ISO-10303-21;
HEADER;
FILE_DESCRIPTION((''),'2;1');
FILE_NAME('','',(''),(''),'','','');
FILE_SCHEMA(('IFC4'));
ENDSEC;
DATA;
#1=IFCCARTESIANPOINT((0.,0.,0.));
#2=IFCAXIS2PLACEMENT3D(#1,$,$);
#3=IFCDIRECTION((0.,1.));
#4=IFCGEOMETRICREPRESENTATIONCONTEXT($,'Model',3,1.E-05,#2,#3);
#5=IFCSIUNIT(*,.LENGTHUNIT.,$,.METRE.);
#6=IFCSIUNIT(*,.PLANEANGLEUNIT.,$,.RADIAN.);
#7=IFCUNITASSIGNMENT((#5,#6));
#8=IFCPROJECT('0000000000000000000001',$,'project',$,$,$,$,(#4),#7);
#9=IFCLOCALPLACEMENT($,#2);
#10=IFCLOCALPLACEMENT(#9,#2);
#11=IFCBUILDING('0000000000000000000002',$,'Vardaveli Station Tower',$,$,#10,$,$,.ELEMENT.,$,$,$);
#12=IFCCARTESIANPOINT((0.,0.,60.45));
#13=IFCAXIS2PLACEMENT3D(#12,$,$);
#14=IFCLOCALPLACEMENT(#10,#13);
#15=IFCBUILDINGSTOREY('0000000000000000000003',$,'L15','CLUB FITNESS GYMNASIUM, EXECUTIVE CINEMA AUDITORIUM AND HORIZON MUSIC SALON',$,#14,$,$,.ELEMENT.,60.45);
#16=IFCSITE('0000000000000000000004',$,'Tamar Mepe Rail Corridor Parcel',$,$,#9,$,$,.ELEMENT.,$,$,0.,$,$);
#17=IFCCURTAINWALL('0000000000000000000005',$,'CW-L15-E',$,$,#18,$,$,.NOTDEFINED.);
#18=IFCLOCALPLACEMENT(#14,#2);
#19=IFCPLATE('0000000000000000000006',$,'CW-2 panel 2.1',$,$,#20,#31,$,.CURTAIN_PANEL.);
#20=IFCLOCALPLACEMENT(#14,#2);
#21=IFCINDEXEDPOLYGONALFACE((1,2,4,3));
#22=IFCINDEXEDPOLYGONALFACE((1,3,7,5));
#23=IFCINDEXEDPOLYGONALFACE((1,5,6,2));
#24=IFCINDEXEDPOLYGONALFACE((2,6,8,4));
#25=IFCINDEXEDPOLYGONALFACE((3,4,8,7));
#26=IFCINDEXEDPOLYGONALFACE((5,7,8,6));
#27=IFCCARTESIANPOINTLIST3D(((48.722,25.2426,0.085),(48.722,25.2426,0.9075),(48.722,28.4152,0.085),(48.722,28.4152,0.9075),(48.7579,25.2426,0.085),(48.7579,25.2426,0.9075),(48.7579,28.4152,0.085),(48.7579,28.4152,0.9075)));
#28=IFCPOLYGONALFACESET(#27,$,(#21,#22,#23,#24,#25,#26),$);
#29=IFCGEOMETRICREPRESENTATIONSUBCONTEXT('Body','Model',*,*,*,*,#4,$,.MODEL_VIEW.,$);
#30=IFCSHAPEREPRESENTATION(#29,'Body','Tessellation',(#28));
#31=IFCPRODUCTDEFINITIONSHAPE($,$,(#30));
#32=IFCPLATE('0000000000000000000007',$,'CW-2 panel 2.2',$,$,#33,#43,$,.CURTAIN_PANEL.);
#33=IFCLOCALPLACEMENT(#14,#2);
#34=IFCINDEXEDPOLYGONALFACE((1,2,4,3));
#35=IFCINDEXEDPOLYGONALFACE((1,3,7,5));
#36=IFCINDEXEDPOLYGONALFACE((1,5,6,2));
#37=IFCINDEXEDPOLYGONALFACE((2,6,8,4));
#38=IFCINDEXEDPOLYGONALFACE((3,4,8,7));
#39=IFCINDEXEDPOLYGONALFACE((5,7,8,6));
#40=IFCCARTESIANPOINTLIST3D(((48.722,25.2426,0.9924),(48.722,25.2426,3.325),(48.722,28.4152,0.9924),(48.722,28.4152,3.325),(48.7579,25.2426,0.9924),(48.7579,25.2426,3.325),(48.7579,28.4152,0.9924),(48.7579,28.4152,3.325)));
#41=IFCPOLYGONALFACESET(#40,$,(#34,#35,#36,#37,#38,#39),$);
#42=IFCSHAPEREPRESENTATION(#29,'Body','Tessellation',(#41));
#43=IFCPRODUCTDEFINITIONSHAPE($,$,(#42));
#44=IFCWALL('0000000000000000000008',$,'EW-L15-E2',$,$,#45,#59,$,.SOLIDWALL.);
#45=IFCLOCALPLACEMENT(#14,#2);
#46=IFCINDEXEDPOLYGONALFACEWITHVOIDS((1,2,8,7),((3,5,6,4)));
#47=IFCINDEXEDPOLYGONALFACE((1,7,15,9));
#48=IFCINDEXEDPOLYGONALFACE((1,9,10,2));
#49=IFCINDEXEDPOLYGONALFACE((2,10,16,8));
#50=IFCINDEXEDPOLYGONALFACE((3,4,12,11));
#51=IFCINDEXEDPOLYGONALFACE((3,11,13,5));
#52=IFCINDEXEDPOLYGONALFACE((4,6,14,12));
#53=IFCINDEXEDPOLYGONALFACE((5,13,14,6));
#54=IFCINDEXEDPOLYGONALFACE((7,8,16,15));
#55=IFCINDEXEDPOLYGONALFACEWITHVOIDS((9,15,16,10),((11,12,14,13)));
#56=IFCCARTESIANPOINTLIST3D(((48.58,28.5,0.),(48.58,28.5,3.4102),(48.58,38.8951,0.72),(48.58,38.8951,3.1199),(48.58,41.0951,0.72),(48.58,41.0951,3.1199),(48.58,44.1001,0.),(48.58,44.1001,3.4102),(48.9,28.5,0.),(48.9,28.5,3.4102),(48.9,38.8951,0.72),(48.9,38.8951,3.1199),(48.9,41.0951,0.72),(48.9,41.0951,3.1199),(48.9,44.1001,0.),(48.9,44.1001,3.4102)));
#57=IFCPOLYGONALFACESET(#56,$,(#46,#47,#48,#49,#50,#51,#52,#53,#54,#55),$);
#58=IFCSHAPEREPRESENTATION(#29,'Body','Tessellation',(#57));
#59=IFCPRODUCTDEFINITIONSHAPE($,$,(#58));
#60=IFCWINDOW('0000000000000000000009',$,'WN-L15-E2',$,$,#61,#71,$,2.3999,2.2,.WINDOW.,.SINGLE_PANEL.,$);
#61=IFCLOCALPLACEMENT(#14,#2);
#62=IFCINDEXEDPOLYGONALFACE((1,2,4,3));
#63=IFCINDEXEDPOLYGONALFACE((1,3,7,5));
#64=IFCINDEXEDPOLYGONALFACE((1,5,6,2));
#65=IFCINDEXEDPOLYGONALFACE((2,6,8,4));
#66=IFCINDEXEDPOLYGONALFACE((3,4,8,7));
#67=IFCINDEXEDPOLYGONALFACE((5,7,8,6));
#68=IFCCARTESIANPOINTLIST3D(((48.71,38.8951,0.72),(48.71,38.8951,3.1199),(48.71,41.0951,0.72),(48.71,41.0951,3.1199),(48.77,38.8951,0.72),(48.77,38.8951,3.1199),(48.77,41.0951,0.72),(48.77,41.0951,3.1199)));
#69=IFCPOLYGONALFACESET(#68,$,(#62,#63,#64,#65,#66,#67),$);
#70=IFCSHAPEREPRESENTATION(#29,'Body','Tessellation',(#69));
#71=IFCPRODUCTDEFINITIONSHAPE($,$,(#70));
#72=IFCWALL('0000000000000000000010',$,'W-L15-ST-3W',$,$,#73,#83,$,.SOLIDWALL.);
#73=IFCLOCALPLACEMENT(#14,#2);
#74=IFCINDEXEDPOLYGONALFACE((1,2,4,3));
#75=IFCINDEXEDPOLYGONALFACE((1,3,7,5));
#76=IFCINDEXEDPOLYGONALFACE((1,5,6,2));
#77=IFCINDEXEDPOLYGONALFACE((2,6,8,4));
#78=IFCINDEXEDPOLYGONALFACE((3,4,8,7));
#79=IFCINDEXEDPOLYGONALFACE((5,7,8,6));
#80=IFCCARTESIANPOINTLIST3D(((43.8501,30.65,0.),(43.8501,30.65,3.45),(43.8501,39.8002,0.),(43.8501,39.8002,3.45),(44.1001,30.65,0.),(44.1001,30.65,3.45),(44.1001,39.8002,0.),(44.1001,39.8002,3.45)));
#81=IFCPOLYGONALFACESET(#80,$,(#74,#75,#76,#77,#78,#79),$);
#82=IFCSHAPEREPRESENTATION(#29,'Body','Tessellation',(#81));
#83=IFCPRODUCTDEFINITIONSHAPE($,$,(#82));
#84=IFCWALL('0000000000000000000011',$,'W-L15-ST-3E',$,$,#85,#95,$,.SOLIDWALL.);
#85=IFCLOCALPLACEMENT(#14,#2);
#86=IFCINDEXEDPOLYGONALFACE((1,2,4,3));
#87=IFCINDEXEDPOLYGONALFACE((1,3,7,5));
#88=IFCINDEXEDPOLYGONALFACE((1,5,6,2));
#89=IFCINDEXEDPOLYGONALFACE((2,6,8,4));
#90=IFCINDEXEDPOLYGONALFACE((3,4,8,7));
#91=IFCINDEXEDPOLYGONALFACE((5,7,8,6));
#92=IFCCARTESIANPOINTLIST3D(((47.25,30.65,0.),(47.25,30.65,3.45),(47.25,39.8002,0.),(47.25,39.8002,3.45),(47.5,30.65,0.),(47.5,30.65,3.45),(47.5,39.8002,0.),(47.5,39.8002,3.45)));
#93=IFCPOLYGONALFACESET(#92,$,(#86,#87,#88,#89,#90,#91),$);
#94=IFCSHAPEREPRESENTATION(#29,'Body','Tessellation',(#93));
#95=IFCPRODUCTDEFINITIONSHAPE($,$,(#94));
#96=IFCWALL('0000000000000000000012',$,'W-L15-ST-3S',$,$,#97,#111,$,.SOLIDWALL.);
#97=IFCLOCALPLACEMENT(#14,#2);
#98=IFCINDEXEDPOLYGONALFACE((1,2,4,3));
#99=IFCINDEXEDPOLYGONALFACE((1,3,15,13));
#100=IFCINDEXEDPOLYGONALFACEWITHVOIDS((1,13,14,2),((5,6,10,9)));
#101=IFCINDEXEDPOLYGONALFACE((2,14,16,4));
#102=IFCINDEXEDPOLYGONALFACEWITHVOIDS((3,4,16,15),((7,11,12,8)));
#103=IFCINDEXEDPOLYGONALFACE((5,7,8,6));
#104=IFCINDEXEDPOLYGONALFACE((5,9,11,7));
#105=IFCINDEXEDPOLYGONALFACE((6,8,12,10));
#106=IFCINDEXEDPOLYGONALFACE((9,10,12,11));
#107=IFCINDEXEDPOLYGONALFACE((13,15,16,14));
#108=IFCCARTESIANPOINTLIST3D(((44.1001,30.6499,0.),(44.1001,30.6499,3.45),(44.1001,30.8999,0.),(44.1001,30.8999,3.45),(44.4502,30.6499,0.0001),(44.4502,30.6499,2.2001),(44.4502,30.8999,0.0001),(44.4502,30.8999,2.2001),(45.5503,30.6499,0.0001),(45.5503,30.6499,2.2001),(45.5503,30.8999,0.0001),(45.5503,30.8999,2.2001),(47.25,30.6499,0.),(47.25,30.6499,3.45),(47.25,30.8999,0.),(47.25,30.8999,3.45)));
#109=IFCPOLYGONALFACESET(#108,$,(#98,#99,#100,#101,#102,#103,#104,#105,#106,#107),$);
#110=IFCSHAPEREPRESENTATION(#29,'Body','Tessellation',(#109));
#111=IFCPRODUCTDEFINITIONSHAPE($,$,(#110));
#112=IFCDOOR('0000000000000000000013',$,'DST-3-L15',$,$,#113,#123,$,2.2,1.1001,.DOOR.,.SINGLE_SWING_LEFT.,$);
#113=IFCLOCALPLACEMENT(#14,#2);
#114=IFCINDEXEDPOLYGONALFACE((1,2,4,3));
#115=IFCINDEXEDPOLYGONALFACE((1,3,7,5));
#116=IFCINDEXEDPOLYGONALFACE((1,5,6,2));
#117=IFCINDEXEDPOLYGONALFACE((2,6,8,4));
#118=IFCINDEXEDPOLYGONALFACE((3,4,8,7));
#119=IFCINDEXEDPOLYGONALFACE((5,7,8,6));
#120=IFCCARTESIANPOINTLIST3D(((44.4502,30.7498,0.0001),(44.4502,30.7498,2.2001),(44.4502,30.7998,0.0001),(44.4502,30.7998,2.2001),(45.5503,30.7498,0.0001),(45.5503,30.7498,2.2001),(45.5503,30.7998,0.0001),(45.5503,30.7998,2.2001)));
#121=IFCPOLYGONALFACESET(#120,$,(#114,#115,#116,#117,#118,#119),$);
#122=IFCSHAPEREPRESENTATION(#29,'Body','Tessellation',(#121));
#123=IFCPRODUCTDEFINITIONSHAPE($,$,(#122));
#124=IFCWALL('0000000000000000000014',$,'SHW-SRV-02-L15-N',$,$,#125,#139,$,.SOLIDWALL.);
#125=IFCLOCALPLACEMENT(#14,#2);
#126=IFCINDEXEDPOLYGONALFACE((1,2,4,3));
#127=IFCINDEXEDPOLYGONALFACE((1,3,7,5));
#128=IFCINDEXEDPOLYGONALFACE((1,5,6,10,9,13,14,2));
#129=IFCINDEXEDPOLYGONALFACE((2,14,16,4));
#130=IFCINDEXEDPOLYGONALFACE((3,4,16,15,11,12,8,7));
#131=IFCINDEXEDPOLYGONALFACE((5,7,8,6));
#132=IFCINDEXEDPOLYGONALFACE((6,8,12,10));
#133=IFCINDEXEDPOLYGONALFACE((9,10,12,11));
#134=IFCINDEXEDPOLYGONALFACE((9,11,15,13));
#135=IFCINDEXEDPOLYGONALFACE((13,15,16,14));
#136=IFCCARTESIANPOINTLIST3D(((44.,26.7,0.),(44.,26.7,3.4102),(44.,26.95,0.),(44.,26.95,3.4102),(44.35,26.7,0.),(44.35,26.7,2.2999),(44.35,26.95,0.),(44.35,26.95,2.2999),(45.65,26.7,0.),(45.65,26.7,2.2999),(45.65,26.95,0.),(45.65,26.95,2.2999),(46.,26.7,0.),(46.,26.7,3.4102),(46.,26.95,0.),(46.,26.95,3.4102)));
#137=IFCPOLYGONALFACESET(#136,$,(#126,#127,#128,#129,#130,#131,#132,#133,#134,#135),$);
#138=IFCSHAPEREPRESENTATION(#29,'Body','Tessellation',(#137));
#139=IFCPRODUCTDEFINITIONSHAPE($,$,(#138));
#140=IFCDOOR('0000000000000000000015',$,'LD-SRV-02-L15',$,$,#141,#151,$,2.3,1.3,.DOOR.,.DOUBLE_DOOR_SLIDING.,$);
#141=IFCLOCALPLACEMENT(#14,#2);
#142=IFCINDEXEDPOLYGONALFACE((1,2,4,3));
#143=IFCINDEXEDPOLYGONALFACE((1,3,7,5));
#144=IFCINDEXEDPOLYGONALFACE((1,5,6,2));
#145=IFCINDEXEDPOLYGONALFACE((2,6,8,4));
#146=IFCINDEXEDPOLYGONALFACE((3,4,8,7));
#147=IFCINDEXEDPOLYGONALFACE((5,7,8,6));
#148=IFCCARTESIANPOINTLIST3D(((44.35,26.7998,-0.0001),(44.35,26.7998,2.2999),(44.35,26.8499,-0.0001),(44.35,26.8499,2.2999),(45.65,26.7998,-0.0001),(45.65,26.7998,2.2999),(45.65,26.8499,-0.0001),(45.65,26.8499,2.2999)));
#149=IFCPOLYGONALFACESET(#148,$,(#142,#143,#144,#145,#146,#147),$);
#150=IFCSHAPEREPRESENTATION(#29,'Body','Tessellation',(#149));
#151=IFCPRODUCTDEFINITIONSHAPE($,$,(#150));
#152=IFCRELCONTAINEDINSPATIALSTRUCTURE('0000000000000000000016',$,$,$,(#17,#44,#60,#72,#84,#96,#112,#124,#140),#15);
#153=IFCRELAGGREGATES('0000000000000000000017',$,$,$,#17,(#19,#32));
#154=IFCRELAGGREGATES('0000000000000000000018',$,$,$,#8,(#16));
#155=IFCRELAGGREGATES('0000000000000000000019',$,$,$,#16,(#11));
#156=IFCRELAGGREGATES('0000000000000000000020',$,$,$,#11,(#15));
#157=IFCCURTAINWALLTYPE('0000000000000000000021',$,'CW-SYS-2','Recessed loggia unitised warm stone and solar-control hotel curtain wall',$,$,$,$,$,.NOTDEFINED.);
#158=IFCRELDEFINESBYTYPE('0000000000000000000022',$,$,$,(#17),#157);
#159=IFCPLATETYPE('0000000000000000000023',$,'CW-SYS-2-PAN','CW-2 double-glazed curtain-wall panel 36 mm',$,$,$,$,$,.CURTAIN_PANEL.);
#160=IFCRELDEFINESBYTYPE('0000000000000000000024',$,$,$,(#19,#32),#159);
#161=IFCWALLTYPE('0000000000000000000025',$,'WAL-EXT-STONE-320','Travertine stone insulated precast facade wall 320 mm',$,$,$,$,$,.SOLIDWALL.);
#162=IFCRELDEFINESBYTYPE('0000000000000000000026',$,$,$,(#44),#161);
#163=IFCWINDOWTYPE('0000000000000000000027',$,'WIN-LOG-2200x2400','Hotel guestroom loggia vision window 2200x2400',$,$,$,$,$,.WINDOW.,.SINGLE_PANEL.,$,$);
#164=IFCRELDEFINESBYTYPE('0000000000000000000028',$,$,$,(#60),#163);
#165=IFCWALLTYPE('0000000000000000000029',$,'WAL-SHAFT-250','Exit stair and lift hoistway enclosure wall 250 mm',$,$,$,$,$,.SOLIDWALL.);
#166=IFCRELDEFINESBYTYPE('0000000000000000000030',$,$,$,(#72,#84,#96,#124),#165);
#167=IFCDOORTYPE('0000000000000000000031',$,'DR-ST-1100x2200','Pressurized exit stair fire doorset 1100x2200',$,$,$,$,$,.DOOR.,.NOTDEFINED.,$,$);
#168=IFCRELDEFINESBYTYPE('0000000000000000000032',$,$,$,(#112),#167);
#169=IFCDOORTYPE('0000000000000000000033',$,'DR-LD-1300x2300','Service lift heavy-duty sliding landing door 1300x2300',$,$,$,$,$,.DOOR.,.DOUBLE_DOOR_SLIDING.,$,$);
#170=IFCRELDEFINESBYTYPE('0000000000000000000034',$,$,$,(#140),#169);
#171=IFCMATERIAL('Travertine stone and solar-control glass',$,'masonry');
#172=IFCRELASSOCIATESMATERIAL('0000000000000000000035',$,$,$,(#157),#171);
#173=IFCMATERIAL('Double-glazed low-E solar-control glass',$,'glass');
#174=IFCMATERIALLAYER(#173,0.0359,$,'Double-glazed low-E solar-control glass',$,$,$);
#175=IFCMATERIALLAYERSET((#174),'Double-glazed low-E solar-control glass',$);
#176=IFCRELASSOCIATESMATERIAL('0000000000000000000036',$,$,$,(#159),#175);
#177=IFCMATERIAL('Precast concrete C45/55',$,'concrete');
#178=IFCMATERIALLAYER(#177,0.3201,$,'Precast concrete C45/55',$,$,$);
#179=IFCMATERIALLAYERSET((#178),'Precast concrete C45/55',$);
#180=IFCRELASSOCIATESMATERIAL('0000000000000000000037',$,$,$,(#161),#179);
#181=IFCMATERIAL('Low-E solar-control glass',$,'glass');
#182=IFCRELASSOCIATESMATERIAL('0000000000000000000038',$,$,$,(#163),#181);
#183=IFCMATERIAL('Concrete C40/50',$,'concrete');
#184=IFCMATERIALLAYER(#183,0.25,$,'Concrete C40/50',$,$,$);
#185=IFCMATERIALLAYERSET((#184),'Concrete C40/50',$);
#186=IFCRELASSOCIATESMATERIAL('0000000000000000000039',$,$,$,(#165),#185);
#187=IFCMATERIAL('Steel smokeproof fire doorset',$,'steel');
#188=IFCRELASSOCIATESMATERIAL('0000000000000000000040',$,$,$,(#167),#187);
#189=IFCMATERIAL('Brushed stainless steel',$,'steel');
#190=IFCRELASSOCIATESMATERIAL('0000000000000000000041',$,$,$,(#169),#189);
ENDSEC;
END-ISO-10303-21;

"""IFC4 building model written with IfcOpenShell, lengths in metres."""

from ifc_helpers import new_model, si_unit, direction, frame, frame_2d, origin, origin_2d, place, context, subcontext, project, spatial, rectangle, extrude, source, transform, mapped, material, layer, layer_set, type_object, element, fill, aggregate, save


model = new_model("IFC4")

# Units and contexts
model_context = context("Model", 3, precision=1e-05, world=origin(), true_north=direction((0.0, 1.0)))
body_context = subcontext(model_context, "Body", "Model", "MODEL_VIEW")
ifc_project = project(units=[si_unit("LENGTHUNIT", "METRE"), si_unit("PLANEANGLEUNIT", "RADIAN")], contexts=[model_context])

# Site, building, storey
site_placement = place(None, origin())
site = spatial("IfcSite", under=ifc_project, at=site_placement, Name="Tamar Mepe Rail Corridor Parcel", CompositionType="ELEMENT", RefElevation=0.0)
building_placement = place(site_placement, origin())
building = spatial("IfcBuilding", under=site, at=building_placement, Name="Vardaveli Station Tower", CompositionType="ELEMENT")
storey_placement = place(building_placement, frame((0.0, 0.0, 60.45)))
storey = spatial("IfcBuildingStorey", under=building, at=storey_placement, Name="L15", Description="CLUB FITNESS GYMNASIUM, EXECUTIVE CINEMA AUDITORIUM AND HORIZON MUSIC SALON", CompositionType="ELEMENT", Elevation=60.45)

# Shared definitions
ifc_material_1 = material(Name="Precast concrete C45/55", Category="concrete")

# Curtain wall, plates
ifc_material_2 = material(Name="Travertine stone and solar-control glass", Category="masonry")
curtain_wall_type = type_object("IfcCurtainWallType", Name="CW-SYS-2", Description="Recessed loggia unitised warm stone and solar-control hotel curtain wall", PredefinedType="NOTDEFINED", material=ifc_material_2)
curtain_wall_placement = place(storey_placement, origin())
curtain_wall = element("IfcCurtainWall", 1, at=curtain_wall_placement, inside=storey, type_object=curtain_wall_type, Name="CW-L15-E", PredefinedType="NOTDEFINED")
ifc_material_3 = material(Name="Double-glazed low-E solar-control glass", Category="glass")
ifc_layer_1 = layer(ifc_material_3, 0.0359, Name="Double-glazed low-E solar-control glass")
ifc_layer_set_1 = layer_set([ifc_layer_1], Name="Double-glazed low-E solar-control glass")
plate_type = type_object("IfcPlateType", Name="CW-SYS-2-PAN", Description="CW-2 double-glazed curtain-wall panel 36 mm", PredefinedType="CURTAIN_PANEL", material=ifc_layer_set_1)
shared_shape_1 = source(origin(), body_context, "Body", "SweptSolid", [
    extrude(rectangle(XDim=3.1726, YDim=0.0359, at=origin_2d()), origin(), (0.0, 0.0, 1.0), 0.8225),
])
plate_1_placement = place(storey_placement, frame((48.74, 26.8289, 0.085), z_axis=(0.0, 0.0, 1.0), x_axis=(0.0, 1.0, 0.0)))
plate_1 = element("IfcPlate", 2, at=plate_1_placement, type_object=plate_type, Name="CW-2 panel 2.1", PredefinedType="CURTAIN_PANEL", context=body_context, shape_type="MappedRepresentation", body=[
    mapped(shared_shape_1, transform((0.0, 0.0, 0.0), scale=1.0)),
])
shared_shape_2 = source(origin(), body_context, "Body", "SweptSolid", [
    extrude(rectangle(XDim=3.1726, YDim=0.0359, at=origin_2d()), origin(), (0.0, 0.0, 1.0), 2.3325),
])
plate_2_placement = place(storey_placement, frame((48.74, 26.8289, 0.9924), z_axis=(0.0, 0.0, 1.0), x_axis=(0.0, 1.0, 0.0)))
plate_2 = element("IfcPlate", 3, at=plate_2_placement, type_object=plate_type, Name="CW-2 panel 2.2", PredefinedType="CURTAIN_PANEL", context=body_context, shape_type="MappedRepresentation", body=[
    mapped(shared_shape_2, transform((0.0, 0.0, 0.0), scale=1.0)),
])
aggregate(curtain_wall, [plate_1, plate_2])

# Wall, opening, window
ifc_layer_2 = layer(ifc_material_1, 0.3201, Name="Precast concrete C45/55")
ifc_layer_set_2 = layer_set([ifc_layer_2], Name="Precast concrete C45/55")
wall_type_1 = type_object("IfcWallType", Name="WAL-EXT-STONE-320", Description="Travertine stone insulated precast facade wall 320 mm", PredefinedType="SOLIDWALL", material=ifc_layer_set_2)
shared_shape_3 = source(origin(), body_context, "Body", "SweptSolid", [
    extrude(rectangle(XDim=15.6001, YDim=0.3201, at=frame_2d((7.8, 0.0))), origin(), (0.0, 0.0, 1.0), 3.4102),
])
wall_1_placement = place(storey_placement, frame((48.74, 28.5, 0.0), z_axis=(0.0, 0.0, 1.0), x_axis=(0.0, 1.0, 0.0)))
wall_1 = element("IfcWall", 4, at=wall_1_placement, inside=storey, type_object=wall_type_1, Name="EW-L15-E2", PredefinedType="SOLIDWALL", context=body_context, shape_type="MappedRepresentation", body=[
    mapped(shared_shape_3, transform((0.0, 0.0, 0.0), scale=1.0)),
])
shared_shape_4 = source(origin(), body_context, "Body", "SweptSolid", [
    extrude(rectangle(XDim=2.2, YDim=2.3999, at=frame_2d((1.1001, 1.2))), frame((0.0, 0.1699, 0.0), z_axis=(0.0, -1.0, 0.0), x_axis=(1.0, 0.0, 0.0)), (0.0, 0.0, 1.0), 0.3401),
])
opening_1_placement = place(wall_1_placement, frame((10.395, 0.0, 0.72)))
opening_1 = element("IfcOpeningElement", 5, at=opening_1_placement, cuts=wall_1, PredefinedType="OPENING", context=body_context, shape_type="MappedRepresentation", body=[
    mapped(shared_shape_4, transform((0.0, 0.0, 0.0), scale=1.0)),
])
ifc_material_4 = material(Name="Low-E solar-control glass", Category="glass")
window_type = type_object("IfcWindowType", Name="WIN-LOG-2200x2400", Description="Hotel guestroom loggia vision window 2200x2400", PartitioningType="SINGLE_PANEL", PredefinedType="WINDOW", material=ifc_material_4)
shared_shape_5 = source(origin(), body_context, "Body", "SweptSolid", [
    extrude(rectangle(XDim=2.2, YDim=2.3999, at=frame_2d((1.1001, 1.2))), frame((0.0, 0.03, 0.0), z_axis=(0.0, -1.0, 0.0), x_axis=(1.0, 0.0, 0.0)), (0.0, 0.0, 1.0), 0.0601),
])
window_placement = place(opening_1_placement, origin())
window = element("IfcWindow", 6, at=window_placement, inside=storey, type_object=window_type, Name="WN-L15-E2", OverallHeight=2.3999, OverallWidth=2.2, PartitioningType="SINGLE_PANEL", PredefinedType="WINDOW", context=body_context, shape_type="MappedRepresentation", body=[
    mapped(shared_shape_5, transform((0.0, 0.0, 0.0), scale=1.0)),
])
fill(opening_1, window)

# Walls
ifc_material_5 = material(Name="Concrete C40/50", Category="concrete")
ifc_layer_3 = layer(ifc_material_5, 0.25, Name="Concrete C40/50")
ifc_layer_set_3 = layer_set([ifc_layer_3], Name="Concrete C40/50")
wall_type_2 = type_object("IfcWallType", Name="WAL-SHAFT-250", Description="Exit stair and lift hoistway enclosure wall 250 mm", PredefinedType="SOLIDWALL", material=ifc_layer_set_3)
shared_shape_6 = source(origin(), body_context, "Body", "SweptSolid", [
    extrude(rectangle(XDim=9.1501, YDim=0.25, at=frame_2d((4.5752, 0.0))), origin(), (0.0, 0.0, 1.0), 3.45),
])
for number, where, z_axis, x_axis, name in (
    (7, (43.9751, 30.6499, 0.0), (0.0, 0.0, 1.0), (0.0, 1.0, 0.0), "W-L15-ST-3W"),
    (8, (47.375, 30.6499, 0.0), (0.0, 0.0, 1.0), (0.0, 1.0, 0.0), "W-L15-ST-3E"),
):
    element("IfcWall", number, at=place(storey_placement, frame(where, z_axis=z_axis, x_axis=x_axis)), inside=storey, type_object=wall_type_2, Name=name, PredefinedType="SOLIDWALL", context=body_context, shape_type="MappedRepresentation", body=[
        mapped(shared_shape_6, transform((0.0, 0.0, 0.0), scale=1.0)),
    ])

# Walls, openings, doors
shared_shape_7 = source(origin(), body_context, "Body", "SweptSolid", [
    extrude(rectangle(XDim=3.1499, YDim=0.25, at=frame_2d((1.575, 0.0))), origin(), (0.0, 0.0, 1.0), 3.45),
])
wall_2_placement = place(storey_placement, frame((44.1001, 30.7749, 0.0), z_axis=(0.0, 0.0, 1.0), x_axis=(1.0, 0.0, 0.0)))
wall_2 = element("IfcWall", 9, at=wall_2_placement, inside=storey, type_object=wall_type_2, Name="W-L15-ST-3S", PredefinedType="SOLIDWALL", context=body_context, shape_type="MappedRepresentation", body=[
    mapped(shared_shape_7, transform((0.0, 0.0, 0.0), scale=1.0)),
])
shared_shape_8 = source(origin(), body_context, "Body", "SweptSolid", [
    extrude(rectangle(XDim=1.1001, YDim=2.2, at=frame_2d((0.55, 1.1001))), frame((0.0, 0.135, 0.0), z_axis=(0.0, -1.0, 0.0), x_axis=(1.0, 0.0, 0.0)), (0.0, 0.0, 1.0), 0.27),
])
opening_2_placement = place(wall_2_placement, frame((0.3501, 0.0, 0.0)))
opening_2 = element("IfcOpeningElement", 10, at=opening_2_placement, cuts=wall_2, PredefinedType="OPENING", context=body_context, shape_type="MappedRepresentation", body=[
    mapped(shared_shape_8, transform((0.0, 0.0, 0.0), scale=1.0)),
])
ifc_material_6 = material(Name="Steel smokeproof fire doorset", Category="steel")
door_type_1 = type_object("IfcDoorType", Name="DR-ST-1100x2200", Description="Pressurized exit stair fire doorset 1100x2200", OperationType="NOTDEFINED", PredefinedType="DOOR", material=ifc_material_6)
shared_shape_9 = source(origin(), body_context, "Body", "SweptSolid", [
    extrude(rectangle(XDim=1.1001, YDim=2.2, at=frame_2d((0.55, 1.1001))), frame((0.0, 0.0249, 0.0), z_axis=(0.0, -1.0, 0.0), x_axis=(1.0, 0.0, 0.0)), (0.0, 0.0, 1.0), 0.05),
])
door_1_placement = place(opening_2_placement, origin())
door_1 = element("IfcDoor", 11, at=door_1_placement, inside=storey, type_object=door_type_1, Name="DST-3-L15", OperationType="SINGLE_SWING_LEFT", OverallHeight=2.2, OverallWidth=1.1001, PredefinedType="DOOR", context=body_context, shape_type="MappedRepresentation", body=[
    mapped(shared_shape_9, transform((0.0, 0.0, 0.0), scale=1.0)),
])
fill(opening_2, door_1)
shared_shape_10 = source(origin(), body_context, "Body", "SweptSolid", [
    extrude(rectangle(XDim=2.0, YDim=0.25, at=frame_2d((1.0, 0.0))), origin(), (0.0, 0.0, 1.0), 3.4102),
])
wall_3_placement = place(storey_placement, frame((44.0, 26.825, 0.0), z_axis=(0.0, 0.0, 1.0), x_axis=(1.0, 0.0, 0.0)))
wall_3 = element("IfcWall", 12, at=wall_3_placement, inside=storey, type_object=wall_type_2, Name="SHW-SRV-02-L15-N", PredefinedType="SOLIDWALL", context=body_context, shape_type="MappedRepresentation", body=[
    mapped(shared_shape_10, transform((0.0, 0.0, 0.0), scale=1.0)),
])
shared_shape_11 = source(origin(), body_context, "Body", "SweptSolid", [
    extrude(rectangle(XDim=1.3, YDim=2.3, at=frame_2d((0.6499, 1.1499))), frame((0.0, 0.135, 0.0), z_axis=(0.0, -1.0, 0.0), x_axis=(1.0, 0.0, 0.0)), (0.0, 0.0, 1.0), 0.27),
])
opening_3_placement = place(wall_3_placement, frame((0.3501, 0.0, 0.0)))
opening_3 = element("IfcOpeningElement", 13, at=opening_3_placement, cuts=wall_3, PredefinedType="OPENING", context=body_context, shape_type="MappedRepresentation", body=[
    mapped(shared_shape_11, transform((0.0, 0.0, 0.0), scale=1.0)),
])
ifc_material_7 = material(Name="Brushed stainless steel", Category="steel")
door_type_2 = type_object("IfcDoorType", Name="DR-LD-1300x2300", Description="Service lift heavy-duty sliding landing door 1300x2300", OperationType="DOUBLE_DOOR_SLIDING", PredefinedType="DOOR", material=ifc_material_7)
shared_shape_12 = source(origin(), body_context, "Body", "SweptSolid", [
    extrude(rectangle(XDim=1.3, YDim=2.3, at=frame_2d((0.6499, 1.1499))), frame((0.0, 0.0249, 0.0), z_axis=(0.0, -1.0, 0.0), x_axis=(1.0, 0.0, 0.0)), (0.0, 0.0, 1.0), 0.05),
])
door_2_placement = place(opening_3_placement, origin())
door_2 = element("IfcDoor", 14, at=door_2_placement, inside=storey, type_object=door_type_2, Name="LD-SRV-02-L15", OperationType="DOUBLE_DOOR_SLIDING", OverallHeight=2.3, OverallWidth=1.3, PredefinedType="DOOR", context=body_context, shape_type="MappedRepresentation", body=[
    mapped(shared_shape_12, transform((0.0, 0.0, 0.0), scale=1.0)),
])
fill(opening_3, door_2)

save(model, "model.ifc")
